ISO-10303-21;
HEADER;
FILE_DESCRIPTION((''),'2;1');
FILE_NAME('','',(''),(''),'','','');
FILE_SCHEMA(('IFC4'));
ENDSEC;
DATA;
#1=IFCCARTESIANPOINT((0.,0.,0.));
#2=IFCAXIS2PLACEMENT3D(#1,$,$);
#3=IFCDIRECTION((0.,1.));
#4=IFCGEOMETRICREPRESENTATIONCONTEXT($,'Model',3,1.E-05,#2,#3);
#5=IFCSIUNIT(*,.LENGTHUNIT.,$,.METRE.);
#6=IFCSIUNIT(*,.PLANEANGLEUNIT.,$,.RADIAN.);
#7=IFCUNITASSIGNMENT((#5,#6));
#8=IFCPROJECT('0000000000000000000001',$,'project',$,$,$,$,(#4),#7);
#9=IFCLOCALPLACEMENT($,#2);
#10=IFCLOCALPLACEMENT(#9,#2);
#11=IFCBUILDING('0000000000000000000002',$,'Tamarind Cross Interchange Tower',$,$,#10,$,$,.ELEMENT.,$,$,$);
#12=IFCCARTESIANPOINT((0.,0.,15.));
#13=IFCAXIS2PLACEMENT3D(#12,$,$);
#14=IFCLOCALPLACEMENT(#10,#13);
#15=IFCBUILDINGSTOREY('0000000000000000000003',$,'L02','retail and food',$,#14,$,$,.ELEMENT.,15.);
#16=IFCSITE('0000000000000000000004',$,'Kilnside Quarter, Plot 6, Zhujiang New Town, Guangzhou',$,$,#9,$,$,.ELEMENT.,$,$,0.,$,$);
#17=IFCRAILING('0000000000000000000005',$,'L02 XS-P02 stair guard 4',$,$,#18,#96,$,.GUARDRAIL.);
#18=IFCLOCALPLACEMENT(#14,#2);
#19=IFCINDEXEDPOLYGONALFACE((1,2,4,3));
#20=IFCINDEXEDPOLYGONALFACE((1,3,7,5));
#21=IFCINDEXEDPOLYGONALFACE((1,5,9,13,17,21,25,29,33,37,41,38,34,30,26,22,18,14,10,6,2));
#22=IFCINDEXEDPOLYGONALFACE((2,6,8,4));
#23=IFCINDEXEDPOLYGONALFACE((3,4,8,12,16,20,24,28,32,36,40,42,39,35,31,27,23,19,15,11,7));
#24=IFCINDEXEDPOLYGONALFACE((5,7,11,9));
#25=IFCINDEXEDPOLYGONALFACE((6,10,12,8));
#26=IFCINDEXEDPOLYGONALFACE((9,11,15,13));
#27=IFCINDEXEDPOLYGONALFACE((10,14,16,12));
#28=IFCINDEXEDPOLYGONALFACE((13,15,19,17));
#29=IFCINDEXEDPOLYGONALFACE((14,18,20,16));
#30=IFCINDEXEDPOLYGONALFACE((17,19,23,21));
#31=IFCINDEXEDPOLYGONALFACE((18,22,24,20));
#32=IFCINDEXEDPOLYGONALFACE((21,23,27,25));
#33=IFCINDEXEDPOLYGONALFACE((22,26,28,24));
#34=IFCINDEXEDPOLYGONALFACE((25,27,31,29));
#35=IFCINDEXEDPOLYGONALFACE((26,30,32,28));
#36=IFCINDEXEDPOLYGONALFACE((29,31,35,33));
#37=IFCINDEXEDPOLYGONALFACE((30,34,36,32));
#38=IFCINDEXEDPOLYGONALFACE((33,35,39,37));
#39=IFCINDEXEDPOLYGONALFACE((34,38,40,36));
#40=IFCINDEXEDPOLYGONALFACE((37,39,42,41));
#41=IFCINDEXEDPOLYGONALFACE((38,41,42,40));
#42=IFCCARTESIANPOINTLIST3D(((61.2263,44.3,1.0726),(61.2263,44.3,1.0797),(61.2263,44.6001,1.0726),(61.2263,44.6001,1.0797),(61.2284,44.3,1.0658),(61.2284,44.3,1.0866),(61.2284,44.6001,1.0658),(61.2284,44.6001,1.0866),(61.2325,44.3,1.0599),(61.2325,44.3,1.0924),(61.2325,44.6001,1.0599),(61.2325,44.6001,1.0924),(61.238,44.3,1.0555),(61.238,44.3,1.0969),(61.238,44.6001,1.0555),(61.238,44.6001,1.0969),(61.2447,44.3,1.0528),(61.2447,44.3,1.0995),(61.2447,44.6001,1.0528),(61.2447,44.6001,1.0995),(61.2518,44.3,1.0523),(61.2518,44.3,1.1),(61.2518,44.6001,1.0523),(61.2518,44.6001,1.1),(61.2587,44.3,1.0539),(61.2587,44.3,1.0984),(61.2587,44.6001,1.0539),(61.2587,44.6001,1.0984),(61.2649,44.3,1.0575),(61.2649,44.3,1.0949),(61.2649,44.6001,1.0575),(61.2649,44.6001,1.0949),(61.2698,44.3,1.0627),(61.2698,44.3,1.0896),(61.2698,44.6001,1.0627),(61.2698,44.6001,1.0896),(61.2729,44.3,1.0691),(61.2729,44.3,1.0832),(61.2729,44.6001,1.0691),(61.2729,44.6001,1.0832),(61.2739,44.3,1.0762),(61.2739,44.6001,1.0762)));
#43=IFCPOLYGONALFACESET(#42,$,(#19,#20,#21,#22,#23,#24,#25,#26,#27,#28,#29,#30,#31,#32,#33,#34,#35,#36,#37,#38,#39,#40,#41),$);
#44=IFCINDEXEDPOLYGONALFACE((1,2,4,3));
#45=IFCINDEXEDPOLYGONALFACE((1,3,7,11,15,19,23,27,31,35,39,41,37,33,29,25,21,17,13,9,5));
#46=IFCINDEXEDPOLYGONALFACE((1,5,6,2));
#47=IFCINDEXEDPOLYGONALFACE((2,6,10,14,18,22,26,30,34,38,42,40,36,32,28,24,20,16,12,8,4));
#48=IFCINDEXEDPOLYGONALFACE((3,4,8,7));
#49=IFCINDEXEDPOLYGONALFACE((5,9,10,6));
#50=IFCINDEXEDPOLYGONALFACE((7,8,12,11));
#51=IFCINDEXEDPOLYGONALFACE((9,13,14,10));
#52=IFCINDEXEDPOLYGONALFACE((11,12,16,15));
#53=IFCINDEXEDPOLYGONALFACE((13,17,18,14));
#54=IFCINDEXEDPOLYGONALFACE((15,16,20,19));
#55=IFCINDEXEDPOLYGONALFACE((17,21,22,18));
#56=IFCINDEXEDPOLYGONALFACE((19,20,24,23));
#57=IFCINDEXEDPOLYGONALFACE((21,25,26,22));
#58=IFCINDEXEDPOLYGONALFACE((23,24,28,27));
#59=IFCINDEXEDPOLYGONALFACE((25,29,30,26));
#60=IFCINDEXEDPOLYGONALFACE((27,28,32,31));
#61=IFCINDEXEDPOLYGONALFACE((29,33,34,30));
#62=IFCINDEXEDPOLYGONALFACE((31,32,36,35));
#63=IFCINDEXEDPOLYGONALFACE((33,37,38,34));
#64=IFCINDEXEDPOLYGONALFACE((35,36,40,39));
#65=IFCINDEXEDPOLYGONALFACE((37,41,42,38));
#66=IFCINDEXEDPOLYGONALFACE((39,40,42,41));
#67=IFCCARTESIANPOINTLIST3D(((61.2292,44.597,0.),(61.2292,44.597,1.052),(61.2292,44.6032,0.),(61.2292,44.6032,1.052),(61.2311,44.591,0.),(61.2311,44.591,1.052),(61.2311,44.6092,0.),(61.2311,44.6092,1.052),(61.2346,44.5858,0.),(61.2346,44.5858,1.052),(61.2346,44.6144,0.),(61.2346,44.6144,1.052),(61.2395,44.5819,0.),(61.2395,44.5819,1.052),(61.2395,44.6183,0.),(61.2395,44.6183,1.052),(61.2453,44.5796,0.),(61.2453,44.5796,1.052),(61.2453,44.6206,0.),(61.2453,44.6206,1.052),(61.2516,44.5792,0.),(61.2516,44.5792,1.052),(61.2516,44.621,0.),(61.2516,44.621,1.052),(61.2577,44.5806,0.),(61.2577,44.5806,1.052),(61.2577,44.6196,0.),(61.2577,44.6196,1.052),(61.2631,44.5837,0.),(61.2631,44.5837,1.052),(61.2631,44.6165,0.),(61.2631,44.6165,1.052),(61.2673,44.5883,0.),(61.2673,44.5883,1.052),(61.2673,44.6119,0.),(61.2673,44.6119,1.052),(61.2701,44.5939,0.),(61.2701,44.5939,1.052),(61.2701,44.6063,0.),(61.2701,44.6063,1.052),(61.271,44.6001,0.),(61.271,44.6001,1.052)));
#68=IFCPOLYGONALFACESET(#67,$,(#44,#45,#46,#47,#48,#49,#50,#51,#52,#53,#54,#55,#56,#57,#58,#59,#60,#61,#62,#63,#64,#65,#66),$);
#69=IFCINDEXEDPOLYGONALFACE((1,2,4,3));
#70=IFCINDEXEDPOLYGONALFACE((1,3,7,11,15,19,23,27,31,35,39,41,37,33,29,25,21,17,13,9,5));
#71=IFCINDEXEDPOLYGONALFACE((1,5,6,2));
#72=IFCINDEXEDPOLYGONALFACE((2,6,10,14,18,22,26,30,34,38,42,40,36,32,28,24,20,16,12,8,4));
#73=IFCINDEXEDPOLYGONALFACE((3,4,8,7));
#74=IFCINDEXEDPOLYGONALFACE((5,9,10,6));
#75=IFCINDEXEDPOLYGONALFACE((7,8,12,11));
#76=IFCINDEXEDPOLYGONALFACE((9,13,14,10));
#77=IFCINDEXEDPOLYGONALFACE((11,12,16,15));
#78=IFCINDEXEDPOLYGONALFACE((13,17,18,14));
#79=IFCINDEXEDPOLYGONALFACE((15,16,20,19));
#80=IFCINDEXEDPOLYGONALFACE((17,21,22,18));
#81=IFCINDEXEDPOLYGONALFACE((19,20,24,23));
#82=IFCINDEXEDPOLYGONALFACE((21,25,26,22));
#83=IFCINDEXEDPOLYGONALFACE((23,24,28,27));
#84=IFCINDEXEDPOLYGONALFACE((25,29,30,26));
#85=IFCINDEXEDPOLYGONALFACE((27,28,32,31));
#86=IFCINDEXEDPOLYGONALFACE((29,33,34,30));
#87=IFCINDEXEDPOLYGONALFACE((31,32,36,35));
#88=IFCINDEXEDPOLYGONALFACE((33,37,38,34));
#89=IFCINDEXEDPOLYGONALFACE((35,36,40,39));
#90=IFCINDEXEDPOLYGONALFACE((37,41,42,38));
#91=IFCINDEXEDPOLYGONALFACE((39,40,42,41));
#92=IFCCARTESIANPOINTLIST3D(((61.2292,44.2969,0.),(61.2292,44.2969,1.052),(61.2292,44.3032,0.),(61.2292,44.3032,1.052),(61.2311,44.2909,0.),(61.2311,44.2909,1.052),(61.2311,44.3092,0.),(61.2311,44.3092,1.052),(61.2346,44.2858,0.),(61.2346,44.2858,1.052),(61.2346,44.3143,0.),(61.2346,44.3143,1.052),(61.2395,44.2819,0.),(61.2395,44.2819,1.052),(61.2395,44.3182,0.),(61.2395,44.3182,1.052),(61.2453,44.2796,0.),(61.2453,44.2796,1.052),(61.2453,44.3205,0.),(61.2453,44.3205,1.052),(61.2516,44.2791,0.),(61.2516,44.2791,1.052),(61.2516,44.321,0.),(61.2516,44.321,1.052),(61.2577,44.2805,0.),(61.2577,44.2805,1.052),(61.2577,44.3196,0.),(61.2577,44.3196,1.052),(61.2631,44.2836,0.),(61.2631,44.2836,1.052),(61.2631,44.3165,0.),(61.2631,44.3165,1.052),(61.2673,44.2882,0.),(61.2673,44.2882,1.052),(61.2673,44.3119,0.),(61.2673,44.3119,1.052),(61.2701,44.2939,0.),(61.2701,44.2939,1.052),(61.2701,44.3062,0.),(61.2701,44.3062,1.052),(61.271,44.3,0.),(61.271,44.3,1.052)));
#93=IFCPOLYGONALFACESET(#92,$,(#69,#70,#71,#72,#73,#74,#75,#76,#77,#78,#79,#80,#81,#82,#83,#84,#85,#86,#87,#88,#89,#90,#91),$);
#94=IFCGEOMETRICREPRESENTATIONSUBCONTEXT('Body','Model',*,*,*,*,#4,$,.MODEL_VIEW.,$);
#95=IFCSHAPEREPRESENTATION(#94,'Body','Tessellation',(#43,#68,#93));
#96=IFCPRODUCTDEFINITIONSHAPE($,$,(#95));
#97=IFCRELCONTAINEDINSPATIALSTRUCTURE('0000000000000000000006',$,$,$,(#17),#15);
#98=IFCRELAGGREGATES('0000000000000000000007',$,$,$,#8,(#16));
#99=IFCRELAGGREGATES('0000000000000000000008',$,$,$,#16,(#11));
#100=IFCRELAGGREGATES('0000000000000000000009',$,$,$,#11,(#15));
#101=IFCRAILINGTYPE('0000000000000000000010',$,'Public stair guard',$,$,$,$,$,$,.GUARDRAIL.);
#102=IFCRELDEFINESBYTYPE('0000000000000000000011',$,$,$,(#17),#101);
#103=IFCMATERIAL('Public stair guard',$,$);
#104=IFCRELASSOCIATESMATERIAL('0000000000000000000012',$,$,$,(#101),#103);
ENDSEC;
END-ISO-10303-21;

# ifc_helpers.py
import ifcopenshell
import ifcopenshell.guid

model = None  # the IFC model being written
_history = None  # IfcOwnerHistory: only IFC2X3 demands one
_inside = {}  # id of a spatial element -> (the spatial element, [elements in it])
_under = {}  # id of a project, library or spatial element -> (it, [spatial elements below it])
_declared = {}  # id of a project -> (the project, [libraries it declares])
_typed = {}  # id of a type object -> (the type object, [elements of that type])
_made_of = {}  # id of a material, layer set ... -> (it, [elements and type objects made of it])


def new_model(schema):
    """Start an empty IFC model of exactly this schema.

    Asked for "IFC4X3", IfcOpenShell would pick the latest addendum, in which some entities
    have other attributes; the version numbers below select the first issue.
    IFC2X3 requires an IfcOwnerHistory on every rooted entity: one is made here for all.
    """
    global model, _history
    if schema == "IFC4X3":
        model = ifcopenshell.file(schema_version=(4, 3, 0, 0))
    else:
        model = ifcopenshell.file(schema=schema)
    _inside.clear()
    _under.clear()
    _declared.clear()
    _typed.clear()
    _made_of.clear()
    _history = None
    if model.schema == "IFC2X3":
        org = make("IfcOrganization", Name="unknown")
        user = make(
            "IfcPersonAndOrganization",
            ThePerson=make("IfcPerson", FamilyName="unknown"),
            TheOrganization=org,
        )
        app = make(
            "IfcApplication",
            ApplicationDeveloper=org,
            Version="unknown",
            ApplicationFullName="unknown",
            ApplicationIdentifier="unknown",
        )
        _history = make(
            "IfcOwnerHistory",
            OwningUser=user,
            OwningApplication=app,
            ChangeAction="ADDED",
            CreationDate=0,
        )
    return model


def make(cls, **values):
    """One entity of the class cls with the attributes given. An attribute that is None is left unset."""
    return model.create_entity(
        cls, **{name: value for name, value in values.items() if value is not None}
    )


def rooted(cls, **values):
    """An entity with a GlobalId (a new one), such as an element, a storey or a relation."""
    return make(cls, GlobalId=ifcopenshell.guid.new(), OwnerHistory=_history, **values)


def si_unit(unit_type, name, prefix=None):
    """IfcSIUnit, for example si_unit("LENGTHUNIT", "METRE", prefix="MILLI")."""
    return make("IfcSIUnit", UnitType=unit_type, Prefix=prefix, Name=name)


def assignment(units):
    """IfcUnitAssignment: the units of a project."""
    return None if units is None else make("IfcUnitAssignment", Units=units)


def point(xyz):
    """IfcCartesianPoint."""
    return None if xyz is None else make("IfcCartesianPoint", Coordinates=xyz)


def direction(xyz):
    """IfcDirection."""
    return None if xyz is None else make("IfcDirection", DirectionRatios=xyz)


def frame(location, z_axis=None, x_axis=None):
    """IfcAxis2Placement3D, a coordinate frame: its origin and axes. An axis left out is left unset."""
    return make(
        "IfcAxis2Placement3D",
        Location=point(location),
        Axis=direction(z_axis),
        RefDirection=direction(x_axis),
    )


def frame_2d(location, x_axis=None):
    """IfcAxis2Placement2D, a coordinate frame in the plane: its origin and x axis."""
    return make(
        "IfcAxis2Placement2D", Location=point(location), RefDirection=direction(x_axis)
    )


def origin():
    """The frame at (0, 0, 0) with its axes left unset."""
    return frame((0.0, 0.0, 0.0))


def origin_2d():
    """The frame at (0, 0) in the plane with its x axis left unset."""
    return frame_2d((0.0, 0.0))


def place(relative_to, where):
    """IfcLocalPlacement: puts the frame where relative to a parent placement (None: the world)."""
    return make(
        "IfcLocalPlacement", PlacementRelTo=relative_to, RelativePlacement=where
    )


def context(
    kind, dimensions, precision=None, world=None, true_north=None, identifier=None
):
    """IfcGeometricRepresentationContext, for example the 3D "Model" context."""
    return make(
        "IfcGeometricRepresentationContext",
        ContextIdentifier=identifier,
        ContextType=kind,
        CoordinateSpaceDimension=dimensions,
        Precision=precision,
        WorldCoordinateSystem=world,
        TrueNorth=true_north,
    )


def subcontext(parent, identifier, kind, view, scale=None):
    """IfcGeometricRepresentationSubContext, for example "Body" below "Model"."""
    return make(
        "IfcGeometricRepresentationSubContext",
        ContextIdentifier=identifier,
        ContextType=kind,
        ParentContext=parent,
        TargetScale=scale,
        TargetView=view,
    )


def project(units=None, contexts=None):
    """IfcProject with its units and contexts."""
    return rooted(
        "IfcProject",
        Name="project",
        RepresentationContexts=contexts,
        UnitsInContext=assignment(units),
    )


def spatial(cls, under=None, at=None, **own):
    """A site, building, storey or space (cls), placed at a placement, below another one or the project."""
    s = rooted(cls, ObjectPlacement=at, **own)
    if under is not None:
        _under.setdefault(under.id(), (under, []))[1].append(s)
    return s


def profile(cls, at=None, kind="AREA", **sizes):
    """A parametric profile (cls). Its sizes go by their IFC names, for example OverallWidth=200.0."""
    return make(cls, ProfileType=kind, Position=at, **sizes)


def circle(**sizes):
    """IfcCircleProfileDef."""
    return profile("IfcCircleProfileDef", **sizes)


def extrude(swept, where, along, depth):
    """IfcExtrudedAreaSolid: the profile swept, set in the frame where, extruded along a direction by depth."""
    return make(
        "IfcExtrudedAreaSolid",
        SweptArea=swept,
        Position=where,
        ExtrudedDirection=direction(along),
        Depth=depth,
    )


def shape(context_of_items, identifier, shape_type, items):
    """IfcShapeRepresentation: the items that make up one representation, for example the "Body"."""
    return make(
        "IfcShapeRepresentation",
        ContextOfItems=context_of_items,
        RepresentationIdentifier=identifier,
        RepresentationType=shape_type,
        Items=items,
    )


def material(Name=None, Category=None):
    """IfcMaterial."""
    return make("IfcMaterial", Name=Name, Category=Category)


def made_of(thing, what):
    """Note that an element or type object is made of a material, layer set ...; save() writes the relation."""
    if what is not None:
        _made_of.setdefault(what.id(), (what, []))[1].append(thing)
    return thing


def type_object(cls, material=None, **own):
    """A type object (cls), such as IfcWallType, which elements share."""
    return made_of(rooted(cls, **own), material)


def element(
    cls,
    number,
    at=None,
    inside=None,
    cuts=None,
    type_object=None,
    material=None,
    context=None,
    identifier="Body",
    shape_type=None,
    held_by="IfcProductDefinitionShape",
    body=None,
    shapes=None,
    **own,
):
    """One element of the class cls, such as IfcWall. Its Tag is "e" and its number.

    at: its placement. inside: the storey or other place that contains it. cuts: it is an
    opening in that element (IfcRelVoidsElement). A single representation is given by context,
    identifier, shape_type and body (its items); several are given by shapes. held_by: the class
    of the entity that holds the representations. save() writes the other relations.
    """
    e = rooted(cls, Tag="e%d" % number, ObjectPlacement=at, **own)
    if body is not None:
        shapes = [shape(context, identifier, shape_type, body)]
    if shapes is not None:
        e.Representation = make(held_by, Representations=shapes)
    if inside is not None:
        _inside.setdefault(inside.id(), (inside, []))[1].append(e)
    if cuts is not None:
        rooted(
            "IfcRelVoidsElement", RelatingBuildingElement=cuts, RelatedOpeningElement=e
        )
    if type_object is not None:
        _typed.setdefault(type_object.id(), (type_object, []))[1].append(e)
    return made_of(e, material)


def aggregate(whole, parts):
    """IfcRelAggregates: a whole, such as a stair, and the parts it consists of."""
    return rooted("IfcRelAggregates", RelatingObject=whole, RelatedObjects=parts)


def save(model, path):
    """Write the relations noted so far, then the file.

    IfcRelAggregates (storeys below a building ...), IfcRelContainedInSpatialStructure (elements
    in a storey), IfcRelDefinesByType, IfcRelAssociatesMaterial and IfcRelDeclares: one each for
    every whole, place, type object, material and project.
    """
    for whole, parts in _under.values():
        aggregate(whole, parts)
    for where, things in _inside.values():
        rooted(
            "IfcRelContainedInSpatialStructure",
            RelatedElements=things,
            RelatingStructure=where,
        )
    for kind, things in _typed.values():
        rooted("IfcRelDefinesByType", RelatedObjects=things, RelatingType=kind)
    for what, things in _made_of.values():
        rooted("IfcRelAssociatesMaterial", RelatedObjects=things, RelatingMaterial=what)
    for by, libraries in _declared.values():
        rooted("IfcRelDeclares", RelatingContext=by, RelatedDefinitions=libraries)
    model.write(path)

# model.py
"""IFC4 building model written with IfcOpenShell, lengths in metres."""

from ifc_helpers import new_model, si_unit, direction, frame, origin, origin_2d, place, context, subcontext, project, spatial, circle, extrude, material, type_object, element, save


model = new_model("IFC4")

# Units and contexts
model_context = context("Model", 3, precision=1e-05, world=origin(), true_north=direction((0.0, 1.0)))
body_context = subcontext(model_context, "Body", "Model", "MODEL_VIEW")
ifc_project = project(units=[si_unit("LENGTHUNIT", "METRE"), si_unit("PLANEANGLEUNIT", "RADIAN")], contexts=[model_context])

# Site, building, storey
site_placement = place(None, origin())
site = spatial("IfcSite", under=ifc_project, at=site_placement, Name="Kilnside Quarter, Plot 6, Zhujiang New Town, Guangzhou", CompositionType="ELEMENT", RefElevation=0.0)
building_placement = place(site_placement, origin())
building = spatial("IfcBuilding", under=site, at=building_placement, Name="Tamarind Cross Interchange Tower", CompositionType="ELEMENT")
storey_placement = place(building_placement, frame((0.0, 0.0, 15.0)))
storey = spatial("IfcBuildingStorey", under=building, at=storey_placement, Name="L02", Description="retail and food", CompositionType="ELEMENT", Elevation=15.0)

# Railing
ifc_material_1 = material(Name="Public stair guard")
railing_type_1 = type_object("IfcRailingType", Name="Public stair guard", PredefinedType="GUARDRAIL", material=ifc_material_1)
railing_1_placement = place(storey_placement, frame((61.25, 44.6001, 0.0)))
element("IfcRailing", 1, at=railing_1_placement, inside=storey, type_object=railing_type_1, Name="L02 XS-P02 stair guard 4", PredefinedType="GUARDRAIL", context=body_context, shape_type="SweptSolid", body=[
    extrude(circle(Radius=0.0239, at=origin_2d()), frame((0.0, 0.0, 1.0762), z_axis=(0.0, -1.0, 0.0), x_axis=(1.0, 0.0, 0.0)), (0.0, 0.0, 1.0), 0.3),
    extrude(circle(Radius=0.021, at=origin_2d()), origin(), (0.0, 0.0, 1.0), 1.052),
    extrude(circle(Radius=0.021, at=origin_2d()), frame((0.0, -0.3, 0.0)), (0.0, 0.0, 1.0), 1.052),
])

save(model, "model.ifc")
